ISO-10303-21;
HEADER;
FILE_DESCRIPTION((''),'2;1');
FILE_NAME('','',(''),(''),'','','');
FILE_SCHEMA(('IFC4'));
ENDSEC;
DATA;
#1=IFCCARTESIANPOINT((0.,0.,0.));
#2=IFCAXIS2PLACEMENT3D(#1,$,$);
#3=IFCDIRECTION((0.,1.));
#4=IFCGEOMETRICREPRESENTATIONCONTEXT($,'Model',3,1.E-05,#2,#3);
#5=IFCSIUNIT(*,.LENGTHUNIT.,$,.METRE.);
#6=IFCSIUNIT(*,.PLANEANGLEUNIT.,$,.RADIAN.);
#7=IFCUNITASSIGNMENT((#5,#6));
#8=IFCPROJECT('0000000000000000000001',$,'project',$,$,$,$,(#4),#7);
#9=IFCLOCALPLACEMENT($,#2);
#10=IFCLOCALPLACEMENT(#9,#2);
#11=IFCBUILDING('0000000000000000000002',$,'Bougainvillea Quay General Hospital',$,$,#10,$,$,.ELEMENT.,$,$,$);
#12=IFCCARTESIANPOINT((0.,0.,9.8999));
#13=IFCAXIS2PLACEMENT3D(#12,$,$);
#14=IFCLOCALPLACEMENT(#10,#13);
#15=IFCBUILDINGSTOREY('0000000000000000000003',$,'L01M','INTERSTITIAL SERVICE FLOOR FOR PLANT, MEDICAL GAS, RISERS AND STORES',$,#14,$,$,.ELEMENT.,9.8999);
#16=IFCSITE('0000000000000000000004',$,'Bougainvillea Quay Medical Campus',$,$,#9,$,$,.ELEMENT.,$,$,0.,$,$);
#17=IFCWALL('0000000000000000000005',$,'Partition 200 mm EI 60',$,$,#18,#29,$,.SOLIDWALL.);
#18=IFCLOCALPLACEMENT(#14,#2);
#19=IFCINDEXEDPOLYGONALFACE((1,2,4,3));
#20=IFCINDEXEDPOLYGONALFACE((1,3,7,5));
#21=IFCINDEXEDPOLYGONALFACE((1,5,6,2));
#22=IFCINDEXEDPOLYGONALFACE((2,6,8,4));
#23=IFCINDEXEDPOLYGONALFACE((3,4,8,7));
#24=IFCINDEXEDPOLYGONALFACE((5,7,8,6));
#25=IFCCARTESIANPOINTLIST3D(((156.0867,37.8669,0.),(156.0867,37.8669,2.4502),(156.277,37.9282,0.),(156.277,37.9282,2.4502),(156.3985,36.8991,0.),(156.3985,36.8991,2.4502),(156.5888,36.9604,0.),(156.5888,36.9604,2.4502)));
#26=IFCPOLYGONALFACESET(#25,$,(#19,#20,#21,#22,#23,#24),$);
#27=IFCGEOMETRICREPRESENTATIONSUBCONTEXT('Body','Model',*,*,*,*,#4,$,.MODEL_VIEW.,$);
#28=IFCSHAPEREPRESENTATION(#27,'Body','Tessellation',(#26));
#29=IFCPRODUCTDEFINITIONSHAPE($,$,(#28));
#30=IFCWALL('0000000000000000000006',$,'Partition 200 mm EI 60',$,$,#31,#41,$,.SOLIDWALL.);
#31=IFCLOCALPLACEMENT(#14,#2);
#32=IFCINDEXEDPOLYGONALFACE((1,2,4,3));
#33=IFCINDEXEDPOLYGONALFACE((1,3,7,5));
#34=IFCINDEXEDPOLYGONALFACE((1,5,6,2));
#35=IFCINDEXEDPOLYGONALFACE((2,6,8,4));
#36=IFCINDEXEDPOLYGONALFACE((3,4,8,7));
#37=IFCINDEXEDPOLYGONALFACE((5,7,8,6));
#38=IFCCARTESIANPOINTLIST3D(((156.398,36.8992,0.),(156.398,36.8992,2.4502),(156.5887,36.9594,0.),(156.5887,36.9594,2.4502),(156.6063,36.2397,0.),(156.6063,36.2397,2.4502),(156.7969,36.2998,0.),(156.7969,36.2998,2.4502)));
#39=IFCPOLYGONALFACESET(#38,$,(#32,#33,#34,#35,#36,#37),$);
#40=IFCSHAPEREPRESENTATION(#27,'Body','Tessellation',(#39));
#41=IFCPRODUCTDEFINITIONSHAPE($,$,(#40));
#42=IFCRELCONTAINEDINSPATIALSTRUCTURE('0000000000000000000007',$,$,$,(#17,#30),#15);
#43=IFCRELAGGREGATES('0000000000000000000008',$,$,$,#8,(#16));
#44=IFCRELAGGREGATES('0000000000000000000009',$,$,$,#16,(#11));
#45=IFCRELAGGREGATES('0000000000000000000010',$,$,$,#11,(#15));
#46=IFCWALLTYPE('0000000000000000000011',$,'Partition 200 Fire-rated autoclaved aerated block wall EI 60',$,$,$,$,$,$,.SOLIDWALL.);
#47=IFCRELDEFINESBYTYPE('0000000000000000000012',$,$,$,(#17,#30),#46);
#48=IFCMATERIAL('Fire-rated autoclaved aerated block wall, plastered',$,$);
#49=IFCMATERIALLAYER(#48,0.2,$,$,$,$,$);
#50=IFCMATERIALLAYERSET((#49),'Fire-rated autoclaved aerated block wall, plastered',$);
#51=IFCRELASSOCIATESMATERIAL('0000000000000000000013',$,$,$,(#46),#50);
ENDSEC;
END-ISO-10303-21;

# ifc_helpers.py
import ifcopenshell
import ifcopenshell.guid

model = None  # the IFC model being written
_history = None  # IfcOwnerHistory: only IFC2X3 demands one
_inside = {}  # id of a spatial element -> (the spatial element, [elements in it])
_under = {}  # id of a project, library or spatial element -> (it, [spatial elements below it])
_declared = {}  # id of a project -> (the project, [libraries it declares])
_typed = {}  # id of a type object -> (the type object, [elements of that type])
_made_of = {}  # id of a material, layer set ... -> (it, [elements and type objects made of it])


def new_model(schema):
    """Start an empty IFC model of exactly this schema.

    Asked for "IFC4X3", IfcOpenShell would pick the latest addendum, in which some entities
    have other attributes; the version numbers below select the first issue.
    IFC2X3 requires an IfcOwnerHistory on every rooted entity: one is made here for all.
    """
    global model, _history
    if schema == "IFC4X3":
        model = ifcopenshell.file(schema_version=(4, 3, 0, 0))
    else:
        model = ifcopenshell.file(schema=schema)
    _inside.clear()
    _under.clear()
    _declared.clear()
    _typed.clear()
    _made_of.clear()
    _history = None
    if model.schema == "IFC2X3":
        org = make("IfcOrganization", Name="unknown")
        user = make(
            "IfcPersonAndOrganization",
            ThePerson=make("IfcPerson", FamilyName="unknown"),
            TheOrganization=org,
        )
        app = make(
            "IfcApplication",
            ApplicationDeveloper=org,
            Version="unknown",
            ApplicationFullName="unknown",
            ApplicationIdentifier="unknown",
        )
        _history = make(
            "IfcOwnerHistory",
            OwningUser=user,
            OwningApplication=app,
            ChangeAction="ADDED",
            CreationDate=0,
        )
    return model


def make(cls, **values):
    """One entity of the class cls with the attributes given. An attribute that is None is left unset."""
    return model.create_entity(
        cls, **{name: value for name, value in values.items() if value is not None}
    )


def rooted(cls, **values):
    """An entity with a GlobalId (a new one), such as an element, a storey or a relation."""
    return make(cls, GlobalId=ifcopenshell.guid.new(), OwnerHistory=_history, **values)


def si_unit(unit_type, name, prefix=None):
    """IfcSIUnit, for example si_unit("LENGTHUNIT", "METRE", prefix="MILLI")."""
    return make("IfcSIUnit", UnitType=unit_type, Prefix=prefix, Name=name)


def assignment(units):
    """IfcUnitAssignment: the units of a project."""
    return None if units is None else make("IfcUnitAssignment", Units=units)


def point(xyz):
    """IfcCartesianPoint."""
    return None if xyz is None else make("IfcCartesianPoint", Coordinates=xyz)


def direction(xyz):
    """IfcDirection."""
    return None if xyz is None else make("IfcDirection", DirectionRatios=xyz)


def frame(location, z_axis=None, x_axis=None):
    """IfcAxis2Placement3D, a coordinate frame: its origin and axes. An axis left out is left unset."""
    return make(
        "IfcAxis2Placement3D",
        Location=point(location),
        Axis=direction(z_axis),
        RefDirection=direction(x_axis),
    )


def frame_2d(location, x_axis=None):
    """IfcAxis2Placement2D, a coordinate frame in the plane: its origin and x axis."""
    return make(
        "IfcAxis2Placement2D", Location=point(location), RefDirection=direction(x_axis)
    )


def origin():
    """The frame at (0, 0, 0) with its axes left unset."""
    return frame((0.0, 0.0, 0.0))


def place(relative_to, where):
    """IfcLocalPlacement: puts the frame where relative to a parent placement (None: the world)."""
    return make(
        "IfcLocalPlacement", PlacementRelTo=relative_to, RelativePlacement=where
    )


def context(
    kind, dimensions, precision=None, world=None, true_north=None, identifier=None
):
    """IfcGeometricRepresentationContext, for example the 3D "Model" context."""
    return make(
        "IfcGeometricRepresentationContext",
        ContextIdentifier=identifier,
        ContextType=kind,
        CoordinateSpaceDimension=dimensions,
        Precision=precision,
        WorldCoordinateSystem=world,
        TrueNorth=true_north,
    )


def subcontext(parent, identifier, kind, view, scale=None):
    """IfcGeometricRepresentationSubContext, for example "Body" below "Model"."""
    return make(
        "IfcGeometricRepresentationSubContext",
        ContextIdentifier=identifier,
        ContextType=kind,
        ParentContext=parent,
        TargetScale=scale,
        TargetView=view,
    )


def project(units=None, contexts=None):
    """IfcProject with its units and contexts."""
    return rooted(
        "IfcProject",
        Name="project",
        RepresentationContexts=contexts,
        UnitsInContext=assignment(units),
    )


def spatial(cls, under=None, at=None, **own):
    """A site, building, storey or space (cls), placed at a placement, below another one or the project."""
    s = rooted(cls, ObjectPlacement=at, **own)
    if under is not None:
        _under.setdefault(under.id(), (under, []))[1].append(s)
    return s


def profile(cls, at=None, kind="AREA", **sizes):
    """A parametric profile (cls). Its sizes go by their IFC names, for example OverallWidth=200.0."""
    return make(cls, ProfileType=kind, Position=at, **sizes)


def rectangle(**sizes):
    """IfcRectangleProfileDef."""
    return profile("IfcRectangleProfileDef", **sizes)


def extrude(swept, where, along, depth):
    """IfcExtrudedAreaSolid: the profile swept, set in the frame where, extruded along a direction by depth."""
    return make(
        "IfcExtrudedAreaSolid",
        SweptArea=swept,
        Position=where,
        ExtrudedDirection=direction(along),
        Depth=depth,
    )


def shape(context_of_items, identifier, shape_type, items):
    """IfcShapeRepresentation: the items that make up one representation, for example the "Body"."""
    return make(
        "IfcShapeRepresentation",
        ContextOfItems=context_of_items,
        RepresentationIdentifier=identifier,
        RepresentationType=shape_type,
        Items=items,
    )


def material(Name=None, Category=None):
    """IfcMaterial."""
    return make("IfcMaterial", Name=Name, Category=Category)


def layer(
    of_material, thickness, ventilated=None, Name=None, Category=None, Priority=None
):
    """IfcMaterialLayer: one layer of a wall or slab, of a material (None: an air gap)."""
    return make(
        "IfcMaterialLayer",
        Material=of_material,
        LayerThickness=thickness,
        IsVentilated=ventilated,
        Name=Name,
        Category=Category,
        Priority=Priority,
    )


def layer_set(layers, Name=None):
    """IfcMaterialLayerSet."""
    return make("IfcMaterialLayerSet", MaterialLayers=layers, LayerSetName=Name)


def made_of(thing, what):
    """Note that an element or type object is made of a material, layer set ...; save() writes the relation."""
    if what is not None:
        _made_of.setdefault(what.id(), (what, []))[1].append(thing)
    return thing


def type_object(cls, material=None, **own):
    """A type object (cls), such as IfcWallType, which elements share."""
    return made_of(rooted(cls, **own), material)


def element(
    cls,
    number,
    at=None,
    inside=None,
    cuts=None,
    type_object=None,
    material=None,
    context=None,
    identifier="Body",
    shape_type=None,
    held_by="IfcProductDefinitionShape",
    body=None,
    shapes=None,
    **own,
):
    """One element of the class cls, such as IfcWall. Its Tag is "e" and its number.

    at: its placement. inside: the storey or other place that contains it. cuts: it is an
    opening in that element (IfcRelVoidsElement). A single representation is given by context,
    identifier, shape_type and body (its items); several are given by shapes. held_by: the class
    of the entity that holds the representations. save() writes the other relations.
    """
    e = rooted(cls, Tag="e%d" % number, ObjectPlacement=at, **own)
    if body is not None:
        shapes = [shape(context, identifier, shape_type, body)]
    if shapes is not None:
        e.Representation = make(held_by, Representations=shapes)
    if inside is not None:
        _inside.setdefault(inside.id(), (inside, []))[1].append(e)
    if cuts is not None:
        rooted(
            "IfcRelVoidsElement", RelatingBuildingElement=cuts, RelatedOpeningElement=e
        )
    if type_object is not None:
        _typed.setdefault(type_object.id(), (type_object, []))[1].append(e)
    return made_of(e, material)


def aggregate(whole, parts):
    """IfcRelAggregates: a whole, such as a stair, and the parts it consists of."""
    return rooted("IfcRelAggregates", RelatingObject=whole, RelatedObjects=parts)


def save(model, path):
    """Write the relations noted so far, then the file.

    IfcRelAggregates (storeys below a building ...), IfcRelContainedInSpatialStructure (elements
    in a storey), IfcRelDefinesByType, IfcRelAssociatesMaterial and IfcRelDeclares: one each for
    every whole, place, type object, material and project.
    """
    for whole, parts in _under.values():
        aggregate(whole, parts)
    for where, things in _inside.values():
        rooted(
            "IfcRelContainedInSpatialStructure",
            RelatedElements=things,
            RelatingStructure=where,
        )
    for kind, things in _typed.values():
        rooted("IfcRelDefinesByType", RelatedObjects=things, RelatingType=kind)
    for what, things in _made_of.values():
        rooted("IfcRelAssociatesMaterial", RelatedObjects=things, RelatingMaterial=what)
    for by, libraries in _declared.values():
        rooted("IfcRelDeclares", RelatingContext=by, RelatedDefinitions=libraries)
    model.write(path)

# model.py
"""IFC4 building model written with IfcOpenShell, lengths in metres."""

from ifc_helpers import new_model, si_unit, direction, frame, frame_2d, origin, place, context, subcontext, project, spatial, rectangle, extrude, material, layer, layer_set, type_object, element, save


model = new_model("IFC4")

# Units and contexts
model_context = context("Model", 3, precision=1e-05, world=origin(), true_north=direction((0.0, 1.0)))
body_context = subcontext(model_context, "Body", "Model", "MODEL_VIEW")
ifc_project = project(units=[si_unit("LENGTHUNIT", "METRE"), si_unit("PLANEANGLEUNIT", "RADIAN")], contexts=[model_context])

# Site, building, storey
site_placement = place(None, origin())
site = spatial("IfcSite", under=ifc_project, at=site_placement, Name="Bougainvillea Quay Medical Campus", CompositionType="ELEMENT", RefElevation=0.0)
building_placement = place(site_placement, origin())
building = spatial("IfcBuilding", under=site, at=building_placement, Name="Bougainvillea Quay General Hospital", CompositionType="ELEMENT")
storey_placement = place(building_placement, frame((0.0, 0.0, 9.8999)))
storey = spatial("IfcBuildingStorey", under=building, at=storey_placement, Name="L01M", Description="INTERSTITIAL SERVICE FLOOR FOR PLANT, MEDICAL GAS, RISERS AND STORES", CompositionType="ELEMENT", Elevation=9.8999)

# Walls
ifc_material_1 = material(Name="Fire-rated autoclaved aerated block wall, plastered")
ifc_layer_1 = layer(ifc_material_1, 0.2)
ifc_layer_set_1 = layer_set([ifc_layer_1], Name="Fire-rated autoclaved aerated block wall, plastered")
wall_type_1 = type_object("IfcWallType", Name="Partition 200 Fire-rated autoclaved aerated block wall EI 60", PredefinedType="SOLIDWALL", material=ifc_layer_set_1)
wall_1_placement = place(storey_placement, frame((156.1819, 37.8975, 0.0), z_axis=(0.0, 0.0, 1.0), x_axis=(0.306631, -0.951828, 0.0)))
element("IfcWall", 1, at=wall_1_placement, inside=storey, type_object=wall_type_1, Name="Partition 200 mm EI 60", PredefinedType="SOLIDWALL", context=body_context, shape_type="SweptSolid", body=[
    extrude(rectangle(XDim=1.0168, YDim=0.2, at=frame_2d((0.5083, 0.0))), origin(), (0.0, 0.0, 1.0), 2.4502),
])
wall_2_placement = place(storey_placement, frame((156.4934, 36.9292, 0.0), z_axis=(0.0, 0.0, 1.0), x_axis=(0.301047, -0.953609, 0.0)))
element("IfcWall", 2, at=wall_2_placement, inside=storey, type_object=wall_type_1, Name="Partition 200 mm EI 60", PredefinedType="SOLIDWALL", context=body_context, shape_type="SweptSolid", body=[
    extrude(rectangle(XDim=0.6917, YDim=0.2, at=frame_2d((0.3457, 0.0))), origin(), (0.0, 0.0, 1.0), 2.4502),
])

save(model, "model.ifc")
